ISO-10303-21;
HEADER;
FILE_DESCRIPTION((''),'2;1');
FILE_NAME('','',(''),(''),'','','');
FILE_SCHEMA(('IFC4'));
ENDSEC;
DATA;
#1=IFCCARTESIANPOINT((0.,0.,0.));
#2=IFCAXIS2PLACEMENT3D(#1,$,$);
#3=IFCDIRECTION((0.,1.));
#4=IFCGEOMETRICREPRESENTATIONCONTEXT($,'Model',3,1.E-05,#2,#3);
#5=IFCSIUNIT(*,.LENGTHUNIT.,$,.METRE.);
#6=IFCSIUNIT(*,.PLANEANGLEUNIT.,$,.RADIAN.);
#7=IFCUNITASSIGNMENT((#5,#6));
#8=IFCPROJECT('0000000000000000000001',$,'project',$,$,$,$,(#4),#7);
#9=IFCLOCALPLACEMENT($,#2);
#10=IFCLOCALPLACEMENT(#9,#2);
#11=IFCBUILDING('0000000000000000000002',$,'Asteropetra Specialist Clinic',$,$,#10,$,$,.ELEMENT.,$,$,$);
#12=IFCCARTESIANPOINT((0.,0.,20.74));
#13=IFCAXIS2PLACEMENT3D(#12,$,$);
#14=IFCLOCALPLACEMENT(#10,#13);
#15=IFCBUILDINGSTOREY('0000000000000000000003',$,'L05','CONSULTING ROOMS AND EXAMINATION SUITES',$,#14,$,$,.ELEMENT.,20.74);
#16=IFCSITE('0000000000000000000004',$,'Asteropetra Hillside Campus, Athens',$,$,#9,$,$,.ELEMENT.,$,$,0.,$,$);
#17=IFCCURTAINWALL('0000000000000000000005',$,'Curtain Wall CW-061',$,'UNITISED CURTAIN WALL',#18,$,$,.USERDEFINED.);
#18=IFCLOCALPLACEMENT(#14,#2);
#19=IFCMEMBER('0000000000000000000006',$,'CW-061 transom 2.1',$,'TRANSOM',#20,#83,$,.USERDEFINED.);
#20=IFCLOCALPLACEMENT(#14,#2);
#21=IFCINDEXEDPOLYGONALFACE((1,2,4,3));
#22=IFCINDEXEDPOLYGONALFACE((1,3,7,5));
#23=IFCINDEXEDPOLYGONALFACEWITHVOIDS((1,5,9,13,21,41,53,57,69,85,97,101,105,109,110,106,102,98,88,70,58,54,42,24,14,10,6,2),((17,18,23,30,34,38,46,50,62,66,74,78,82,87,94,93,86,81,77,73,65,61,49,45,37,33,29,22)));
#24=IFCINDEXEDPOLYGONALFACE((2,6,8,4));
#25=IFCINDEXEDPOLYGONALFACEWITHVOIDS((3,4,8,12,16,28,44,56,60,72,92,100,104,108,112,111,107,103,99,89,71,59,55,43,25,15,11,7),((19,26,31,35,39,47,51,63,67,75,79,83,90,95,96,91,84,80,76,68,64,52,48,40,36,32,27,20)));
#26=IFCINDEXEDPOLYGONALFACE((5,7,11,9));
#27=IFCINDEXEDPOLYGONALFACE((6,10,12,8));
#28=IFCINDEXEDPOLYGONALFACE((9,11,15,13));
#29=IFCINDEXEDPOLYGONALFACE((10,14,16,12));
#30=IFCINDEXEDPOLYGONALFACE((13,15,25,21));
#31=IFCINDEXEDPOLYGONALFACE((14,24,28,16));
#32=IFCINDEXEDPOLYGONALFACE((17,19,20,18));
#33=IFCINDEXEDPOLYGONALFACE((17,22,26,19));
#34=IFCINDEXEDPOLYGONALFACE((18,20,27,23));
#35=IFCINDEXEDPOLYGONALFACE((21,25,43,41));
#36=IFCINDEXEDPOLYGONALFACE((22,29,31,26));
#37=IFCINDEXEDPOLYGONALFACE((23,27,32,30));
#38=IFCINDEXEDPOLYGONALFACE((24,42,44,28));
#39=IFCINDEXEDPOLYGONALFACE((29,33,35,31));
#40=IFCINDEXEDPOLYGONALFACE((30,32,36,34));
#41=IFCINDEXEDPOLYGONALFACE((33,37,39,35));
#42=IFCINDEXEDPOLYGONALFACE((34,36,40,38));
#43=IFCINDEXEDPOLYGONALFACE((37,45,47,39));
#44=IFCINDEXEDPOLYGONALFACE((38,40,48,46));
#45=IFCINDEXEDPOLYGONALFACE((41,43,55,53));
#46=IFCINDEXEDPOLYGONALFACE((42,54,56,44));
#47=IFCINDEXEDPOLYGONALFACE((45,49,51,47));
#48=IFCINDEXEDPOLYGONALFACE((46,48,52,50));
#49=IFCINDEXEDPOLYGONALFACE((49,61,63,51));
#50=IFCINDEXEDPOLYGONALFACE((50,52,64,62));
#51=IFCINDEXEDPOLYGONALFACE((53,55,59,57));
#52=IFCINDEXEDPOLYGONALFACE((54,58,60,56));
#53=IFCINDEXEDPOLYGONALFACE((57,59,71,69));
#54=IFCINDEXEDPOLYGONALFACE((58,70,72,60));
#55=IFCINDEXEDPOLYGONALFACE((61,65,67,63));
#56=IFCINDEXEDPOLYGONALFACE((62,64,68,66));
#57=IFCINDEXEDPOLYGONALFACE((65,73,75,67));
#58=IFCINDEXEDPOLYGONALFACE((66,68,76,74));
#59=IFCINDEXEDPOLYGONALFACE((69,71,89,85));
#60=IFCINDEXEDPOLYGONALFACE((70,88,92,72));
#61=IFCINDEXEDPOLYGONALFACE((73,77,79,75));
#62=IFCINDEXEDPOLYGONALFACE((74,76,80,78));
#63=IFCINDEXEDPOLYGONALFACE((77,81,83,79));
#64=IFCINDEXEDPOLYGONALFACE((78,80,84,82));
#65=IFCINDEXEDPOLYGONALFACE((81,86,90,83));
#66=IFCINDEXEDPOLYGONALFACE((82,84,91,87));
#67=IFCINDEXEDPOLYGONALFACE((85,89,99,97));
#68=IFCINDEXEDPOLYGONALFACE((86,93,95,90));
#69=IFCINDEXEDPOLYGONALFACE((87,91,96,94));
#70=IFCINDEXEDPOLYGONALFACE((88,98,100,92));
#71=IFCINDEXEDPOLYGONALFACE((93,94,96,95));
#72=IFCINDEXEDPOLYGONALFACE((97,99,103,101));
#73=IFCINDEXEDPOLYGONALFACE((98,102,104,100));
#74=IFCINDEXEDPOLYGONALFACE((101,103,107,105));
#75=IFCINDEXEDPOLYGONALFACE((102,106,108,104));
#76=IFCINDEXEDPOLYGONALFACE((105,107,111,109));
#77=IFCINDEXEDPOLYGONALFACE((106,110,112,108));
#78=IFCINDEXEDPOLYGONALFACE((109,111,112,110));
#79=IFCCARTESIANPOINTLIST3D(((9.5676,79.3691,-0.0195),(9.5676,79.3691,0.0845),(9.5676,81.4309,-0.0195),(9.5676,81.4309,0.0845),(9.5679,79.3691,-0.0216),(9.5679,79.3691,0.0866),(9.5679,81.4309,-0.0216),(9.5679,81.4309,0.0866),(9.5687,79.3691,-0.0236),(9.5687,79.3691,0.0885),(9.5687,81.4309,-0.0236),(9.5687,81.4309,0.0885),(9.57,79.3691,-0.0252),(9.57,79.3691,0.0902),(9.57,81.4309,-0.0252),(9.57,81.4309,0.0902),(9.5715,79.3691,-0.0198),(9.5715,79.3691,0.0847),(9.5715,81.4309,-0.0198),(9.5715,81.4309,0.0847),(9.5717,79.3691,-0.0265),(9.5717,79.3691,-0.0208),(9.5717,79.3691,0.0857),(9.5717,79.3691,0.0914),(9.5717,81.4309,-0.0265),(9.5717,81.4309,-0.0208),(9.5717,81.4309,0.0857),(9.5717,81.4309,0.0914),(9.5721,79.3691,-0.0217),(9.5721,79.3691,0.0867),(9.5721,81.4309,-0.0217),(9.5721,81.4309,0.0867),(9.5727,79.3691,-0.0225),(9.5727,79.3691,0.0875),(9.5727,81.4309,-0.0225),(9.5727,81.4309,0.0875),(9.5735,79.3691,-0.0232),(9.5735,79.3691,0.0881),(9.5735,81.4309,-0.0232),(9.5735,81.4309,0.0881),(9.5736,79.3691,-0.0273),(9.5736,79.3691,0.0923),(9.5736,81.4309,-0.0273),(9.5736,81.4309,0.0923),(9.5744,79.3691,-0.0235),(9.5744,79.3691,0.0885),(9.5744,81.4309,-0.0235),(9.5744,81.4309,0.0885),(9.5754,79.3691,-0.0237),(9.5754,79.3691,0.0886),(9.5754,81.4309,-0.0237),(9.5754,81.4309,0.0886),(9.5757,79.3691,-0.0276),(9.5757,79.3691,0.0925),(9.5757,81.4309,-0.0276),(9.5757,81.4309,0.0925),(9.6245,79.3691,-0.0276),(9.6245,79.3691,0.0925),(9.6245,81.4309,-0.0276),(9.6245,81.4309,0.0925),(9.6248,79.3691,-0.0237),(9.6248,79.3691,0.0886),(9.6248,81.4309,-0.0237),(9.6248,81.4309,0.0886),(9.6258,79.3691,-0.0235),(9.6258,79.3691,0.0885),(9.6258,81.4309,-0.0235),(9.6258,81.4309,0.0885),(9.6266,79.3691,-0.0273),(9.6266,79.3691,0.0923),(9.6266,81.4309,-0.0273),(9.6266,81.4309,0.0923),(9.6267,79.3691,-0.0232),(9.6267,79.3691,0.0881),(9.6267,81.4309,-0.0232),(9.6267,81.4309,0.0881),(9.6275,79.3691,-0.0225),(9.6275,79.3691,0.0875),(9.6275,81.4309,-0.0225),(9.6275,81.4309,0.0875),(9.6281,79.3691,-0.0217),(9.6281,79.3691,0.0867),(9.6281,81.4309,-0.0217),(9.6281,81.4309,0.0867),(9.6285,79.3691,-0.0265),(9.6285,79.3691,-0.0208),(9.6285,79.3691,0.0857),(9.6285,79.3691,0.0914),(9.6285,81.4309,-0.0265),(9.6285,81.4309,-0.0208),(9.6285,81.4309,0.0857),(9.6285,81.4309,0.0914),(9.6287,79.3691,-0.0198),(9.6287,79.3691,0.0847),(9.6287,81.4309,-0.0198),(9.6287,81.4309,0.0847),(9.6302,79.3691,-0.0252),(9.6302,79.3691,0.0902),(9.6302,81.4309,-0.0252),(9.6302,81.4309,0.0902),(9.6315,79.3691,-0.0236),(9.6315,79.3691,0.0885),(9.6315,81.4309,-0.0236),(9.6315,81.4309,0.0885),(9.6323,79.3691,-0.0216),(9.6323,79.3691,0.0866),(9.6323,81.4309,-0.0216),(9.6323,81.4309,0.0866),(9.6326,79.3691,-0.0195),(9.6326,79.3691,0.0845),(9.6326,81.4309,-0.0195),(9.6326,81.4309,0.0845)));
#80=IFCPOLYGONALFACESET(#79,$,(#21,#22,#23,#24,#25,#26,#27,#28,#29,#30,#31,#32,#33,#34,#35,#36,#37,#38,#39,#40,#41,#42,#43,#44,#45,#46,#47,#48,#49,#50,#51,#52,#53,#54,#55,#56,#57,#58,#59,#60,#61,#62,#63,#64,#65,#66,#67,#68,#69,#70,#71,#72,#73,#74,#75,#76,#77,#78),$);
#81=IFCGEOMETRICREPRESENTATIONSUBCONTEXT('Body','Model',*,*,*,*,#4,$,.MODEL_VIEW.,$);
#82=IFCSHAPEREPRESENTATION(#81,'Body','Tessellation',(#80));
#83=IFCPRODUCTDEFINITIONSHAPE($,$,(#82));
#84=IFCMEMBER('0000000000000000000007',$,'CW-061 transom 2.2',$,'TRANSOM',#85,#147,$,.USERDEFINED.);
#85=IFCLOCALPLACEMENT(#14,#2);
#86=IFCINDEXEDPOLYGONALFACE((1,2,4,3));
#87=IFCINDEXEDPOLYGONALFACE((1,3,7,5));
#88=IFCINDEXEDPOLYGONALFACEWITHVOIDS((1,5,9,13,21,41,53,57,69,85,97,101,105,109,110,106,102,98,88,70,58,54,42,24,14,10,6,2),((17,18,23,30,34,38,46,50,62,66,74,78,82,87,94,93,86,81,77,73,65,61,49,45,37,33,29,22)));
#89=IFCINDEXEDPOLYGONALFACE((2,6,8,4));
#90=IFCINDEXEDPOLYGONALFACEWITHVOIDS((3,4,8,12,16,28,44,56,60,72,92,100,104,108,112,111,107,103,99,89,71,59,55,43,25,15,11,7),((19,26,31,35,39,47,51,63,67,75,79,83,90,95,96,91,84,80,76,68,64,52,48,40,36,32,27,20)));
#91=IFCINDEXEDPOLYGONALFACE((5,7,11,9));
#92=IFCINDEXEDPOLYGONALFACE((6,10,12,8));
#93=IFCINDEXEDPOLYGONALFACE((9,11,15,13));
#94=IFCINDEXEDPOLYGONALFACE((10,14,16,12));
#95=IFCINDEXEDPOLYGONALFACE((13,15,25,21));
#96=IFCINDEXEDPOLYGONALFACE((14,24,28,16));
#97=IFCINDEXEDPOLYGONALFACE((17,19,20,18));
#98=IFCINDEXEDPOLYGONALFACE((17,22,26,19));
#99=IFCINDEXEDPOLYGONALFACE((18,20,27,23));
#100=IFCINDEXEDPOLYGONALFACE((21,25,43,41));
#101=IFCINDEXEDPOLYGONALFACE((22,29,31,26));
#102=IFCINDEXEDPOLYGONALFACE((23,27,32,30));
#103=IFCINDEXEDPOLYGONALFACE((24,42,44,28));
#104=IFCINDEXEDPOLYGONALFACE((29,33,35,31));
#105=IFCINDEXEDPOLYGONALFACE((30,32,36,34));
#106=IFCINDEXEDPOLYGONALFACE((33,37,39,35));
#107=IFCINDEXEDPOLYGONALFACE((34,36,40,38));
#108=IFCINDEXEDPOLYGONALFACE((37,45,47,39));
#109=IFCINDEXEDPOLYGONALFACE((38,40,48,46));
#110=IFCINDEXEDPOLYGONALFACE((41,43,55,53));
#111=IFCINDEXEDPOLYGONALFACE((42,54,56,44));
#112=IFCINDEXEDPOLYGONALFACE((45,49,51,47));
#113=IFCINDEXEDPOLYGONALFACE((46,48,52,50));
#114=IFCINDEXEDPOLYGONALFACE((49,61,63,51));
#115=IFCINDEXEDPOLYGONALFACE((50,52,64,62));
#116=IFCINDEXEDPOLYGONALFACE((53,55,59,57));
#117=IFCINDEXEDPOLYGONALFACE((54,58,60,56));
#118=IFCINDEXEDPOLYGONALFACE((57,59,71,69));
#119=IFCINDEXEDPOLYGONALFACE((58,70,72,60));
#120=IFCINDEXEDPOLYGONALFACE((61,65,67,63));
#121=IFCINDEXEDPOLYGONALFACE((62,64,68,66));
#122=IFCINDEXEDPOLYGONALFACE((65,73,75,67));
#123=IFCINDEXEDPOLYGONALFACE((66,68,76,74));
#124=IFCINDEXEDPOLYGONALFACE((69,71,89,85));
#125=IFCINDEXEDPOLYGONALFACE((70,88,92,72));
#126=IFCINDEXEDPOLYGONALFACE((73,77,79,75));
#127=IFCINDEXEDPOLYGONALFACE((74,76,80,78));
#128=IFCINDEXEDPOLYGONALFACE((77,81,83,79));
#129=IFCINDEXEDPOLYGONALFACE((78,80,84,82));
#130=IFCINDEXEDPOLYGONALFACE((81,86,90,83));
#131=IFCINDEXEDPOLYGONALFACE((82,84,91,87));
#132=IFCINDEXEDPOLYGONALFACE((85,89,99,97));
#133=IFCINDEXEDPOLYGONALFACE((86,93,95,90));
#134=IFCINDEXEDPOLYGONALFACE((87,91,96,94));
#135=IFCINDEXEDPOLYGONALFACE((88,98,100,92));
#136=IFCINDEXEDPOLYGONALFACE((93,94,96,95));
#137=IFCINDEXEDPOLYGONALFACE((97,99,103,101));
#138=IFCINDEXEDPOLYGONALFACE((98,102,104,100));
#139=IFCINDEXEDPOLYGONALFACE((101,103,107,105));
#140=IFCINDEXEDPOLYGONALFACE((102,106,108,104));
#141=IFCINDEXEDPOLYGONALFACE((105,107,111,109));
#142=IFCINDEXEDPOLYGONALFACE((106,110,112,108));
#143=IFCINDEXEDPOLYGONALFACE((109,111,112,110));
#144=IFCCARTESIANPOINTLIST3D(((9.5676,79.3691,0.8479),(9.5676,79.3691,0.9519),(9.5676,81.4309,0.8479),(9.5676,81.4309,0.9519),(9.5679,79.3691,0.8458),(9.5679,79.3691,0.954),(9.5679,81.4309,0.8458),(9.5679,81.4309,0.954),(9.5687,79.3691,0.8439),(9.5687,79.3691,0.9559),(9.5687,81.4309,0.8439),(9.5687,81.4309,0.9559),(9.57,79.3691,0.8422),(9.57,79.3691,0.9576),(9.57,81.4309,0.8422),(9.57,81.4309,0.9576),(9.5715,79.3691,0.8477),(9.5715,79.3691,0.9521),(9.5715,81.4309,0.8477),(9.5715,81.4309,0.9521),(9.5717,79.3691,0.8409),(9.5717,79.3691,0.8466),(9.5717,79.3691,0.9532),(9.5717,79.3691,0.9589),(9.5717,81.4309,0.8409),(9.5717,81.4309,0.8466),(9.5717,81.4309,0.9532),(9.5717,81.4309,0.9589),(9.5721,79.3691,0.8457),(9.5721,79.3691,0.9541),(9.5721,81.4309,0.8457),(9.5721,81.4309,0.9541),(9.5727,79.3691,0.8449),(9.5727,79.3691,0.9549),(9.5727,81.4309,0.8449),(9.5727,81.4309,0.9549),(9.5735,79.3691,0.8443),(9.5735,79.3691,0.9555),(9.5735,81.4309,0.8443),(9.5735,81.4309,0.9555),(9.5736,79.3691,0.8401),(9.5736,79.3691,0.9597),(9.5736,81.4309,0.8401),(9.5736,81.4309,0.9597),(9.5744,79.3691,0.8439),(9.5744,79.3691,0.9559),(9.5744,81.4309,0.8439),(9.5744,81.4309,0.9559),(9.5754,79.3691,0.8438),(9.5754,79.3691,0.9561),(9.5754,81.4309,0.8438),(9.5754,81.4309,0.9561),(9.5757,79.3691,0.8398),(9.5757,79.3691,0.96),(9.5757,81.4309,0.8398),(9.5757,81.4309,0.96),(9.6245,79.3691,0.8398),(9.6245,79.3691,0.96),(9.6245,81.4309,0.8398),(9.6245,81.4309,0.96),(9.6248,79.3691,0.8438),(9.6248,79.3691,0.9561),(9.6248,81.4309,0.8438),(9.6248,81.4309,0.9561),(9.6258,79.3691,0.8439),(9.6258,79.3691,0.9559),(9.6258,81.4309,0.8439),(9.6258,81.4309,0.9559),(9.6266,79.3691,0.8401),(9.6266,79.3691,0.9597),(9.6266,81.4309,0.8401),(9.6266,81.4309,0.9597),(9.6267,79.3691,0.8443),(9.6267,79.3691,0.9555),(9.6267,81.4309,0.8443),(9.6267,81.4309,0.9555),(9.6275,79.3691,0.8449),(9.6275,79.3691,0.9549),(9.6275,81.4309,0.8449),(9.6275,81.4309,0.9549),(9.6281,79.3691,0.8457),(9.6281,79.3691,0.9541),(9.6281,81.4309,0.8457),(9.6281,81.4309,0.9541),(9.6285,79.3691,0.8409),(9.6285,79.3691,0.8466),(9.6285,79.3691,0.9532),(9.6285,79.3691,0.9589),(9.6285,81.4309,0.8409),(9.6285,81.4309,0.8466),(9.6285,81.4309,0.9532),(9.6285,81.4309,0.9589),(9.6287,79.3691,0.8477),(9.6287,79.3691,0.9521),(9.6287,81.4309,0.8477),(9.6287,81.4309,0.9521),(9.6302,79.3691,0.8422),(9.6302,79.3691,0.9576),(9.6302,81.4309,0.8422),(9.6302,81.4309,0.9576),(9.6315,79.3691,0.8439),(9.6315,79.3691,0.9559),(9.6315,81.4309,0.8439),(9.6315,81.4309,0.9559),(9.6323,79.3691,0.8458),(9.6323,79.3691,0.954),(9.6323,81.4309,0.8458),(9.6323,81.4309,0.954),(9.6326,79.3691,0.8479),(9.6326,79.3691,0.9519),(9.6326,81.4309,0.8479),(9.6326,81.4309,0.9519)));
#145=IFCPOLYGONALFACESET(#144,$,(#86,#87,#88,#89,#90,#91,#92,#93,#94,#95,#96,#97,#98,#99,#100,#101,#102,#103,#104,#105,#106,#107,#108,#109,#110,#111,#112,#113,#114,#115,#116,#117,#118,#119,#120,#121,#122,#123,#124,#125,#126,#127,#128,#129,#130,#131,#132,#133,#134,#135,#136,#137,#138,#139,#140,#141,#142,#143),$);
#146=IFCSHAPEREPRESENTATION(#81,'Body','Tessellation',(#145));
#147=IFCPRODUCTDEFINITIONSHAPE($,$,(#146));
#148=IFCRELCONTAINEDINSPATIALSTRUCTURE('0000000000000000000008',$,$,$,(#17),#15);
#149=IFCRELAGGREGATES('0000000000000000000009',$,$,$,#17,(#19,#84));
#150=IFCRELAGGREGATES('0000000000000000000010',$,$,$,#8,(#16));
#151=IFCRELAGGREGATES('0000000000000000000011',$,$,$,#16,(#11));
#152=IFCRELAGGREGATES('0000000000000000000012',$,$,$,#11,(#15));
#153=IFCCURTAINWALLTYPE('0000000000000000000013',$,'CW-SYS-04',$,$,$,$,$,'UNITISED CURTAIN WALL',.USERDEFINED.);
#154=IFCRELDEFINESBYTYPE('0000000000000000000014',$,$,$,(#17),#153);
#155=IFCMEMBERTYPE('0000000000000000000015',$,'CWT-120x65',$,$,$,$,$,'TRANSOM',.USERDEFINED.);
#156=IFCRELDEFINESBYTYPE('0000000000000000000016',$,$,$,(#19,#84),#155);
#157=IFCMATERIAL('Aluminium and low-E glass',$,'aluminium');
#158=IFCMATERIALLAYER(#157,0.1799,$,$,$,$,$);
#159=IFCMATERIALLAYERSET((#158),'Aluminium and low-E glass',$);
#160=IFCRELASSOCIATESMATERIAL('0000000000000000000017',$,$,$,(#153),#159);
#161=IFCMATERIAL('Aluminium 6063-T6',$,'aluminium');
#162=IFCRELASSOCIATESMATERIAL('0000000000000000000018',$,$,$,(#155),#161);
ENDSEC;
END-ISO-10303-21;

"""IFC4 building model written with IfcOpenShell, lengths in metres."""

from ifc_helpers import new_model, si_unit, direction, frame, origin, origin_2d, place, context, subcontext, project, spatial, hollow_rectangle, extrude, material, layer, layer_set, material_profile, profile_set, type_object, element, aggregate, save


model = new_model("IFC4")

# Units and contexts
model_context = context("Model", 3, precision=1e-05, world=origin(), true_north=direction((0.0, 1.0)))
body_context = subcontext(model_context, "Body", "Model", "MODEL_VIEW")
ifc_project = project(units=[si_unit("LENGTHUNIT", "METRE"), si_unit("PLANEANGLEUNIT", "RADIAN")], contexts=[model_context])

# Site, building, storey
site_placement = place(None, origin())
site = spatial("IfcSite", under=ifc_project, at=site_placement, Name="Asteropetra Hillside Campus, Athens", CompositionType="ELEMENT", RefElevation=0.0)
building_placement = place(site_placement, origin())
building = spatial("IfcBuilding", under=site, at=building_placement, Name="Asteropetra Specialist Clinic", CompositionType="ELEMENT")
storey_placement = place(building_placement, frame((0.0, 0.0, 20.74)))
storey = spatial("IfcBuildingStorey", under=building, at=storey_placement, Name="L05", Description="CONSULTING ROOMS AND EXAMINATION SUITES", CompositionType="ELEMENT", Elevation=20.74)

# Curtain wall
ifc_material_1 = material(Name="Aluminium and low-E glass", Category="aluminium")
ifc_layer_1 = layer(ifc_material_1, 0.1799)
ifc_layer_set_1 = layer_set([ifc_layer_1], Name="Aluminium and low-E glass")
curtain_wall_type_1 = type_object("IfcCurtainWallType", Name="CW-SYS-04", ElementType="UNITISED CURTAIN WALL", PredefinedType="USERDEFINED", material=ifc_layer_set_1)
curtain_wall_1_placement = place(storey_placement, origin())
curtain_wall_1 = element("IfcCurtainWall", 1, at=curtain_wall_1_placement, inside=storey, type_object=curtain_wall_type_1, Name="Curtain Wall CW-061", ObjectType="UNITISED CURTAIN WALL", PredefinedType="USERDEFINED")

# Members
ifc_material_2 = material(Name="Aluminium 6063-T6", Category="aluminium")
ifc_material_profile_1 = material_profile(ifc_material_2, hollow_rectangle(XDim=0.0649, YDim=0.1201, WallThickness=0.0039, InnerFilletRadius=0.0039, OuterFilletRadius=0.0081, at=origin_2d()), Name="TRN 120x65x4.0")
ifc_profile_set_1 = profile_set([ifc_material_profile_1], Name="Aluminium 6063-T6")
member_type_1 = type_object("IfcMemberType", Name="CWT-120x65", ElementType="TRANSOM", PredefinedType="USERDEFINED", material=ifc_profile_set_1)
member_1_placement = place(storey_placement, frame((9.6001, 81.4309, 0.0325), z_axis=(0.0, -1.0, 0.0), x_axis=(1.0, 0.0, 0.0)))
member_1 = element("IfcMember", 2, at=member_1_placement, type_object=member_type_1, Name="CW-061 transom 2.1", ObjectType="TRANSOM", PredefinedType="USERDEFINED", context=body_context, shape_type="SweptSolid", body=[
    extrude(hollow_rectangle(XDim=0.0649, YDim=0.1201, WallThickness=0.0039, InnerFilletRadius=0.0039, OuterFilletRadius=0.0081, at=origin_2d()), origin(), (0.0, 0.0, 1.0), 2.0618),
])
member_2_placement = place(storey_placement, frame((9.6001, 81.4309, 0.8999), z_axis=(0.0, -1.0, 0.0), x_axis=(1.0, 0.0, 0.0)))
member_2 = element("IfcMember", 3, at=member_2_placement, type_object=member_type_1, Name="CW-061 transom 2.2", ObjectType="TRANSOM", PredefinedType="USERDEFINED", context=body_context, shape_type="SweptSolid", body=[
    extrude(hollow_rectangle(XDim=0.0649, YDim=0.1201, WallThickness=0.0039, InnerFilletRadius=0.0039, OuterFilletRadius=0.0081, at=origin_2d()), origin(), (0.0, 0.0, 1.0), 2.0618),
])

aggregate(curtain_wall_1, [member_1, member_2])

save(model, "model.ifc")
